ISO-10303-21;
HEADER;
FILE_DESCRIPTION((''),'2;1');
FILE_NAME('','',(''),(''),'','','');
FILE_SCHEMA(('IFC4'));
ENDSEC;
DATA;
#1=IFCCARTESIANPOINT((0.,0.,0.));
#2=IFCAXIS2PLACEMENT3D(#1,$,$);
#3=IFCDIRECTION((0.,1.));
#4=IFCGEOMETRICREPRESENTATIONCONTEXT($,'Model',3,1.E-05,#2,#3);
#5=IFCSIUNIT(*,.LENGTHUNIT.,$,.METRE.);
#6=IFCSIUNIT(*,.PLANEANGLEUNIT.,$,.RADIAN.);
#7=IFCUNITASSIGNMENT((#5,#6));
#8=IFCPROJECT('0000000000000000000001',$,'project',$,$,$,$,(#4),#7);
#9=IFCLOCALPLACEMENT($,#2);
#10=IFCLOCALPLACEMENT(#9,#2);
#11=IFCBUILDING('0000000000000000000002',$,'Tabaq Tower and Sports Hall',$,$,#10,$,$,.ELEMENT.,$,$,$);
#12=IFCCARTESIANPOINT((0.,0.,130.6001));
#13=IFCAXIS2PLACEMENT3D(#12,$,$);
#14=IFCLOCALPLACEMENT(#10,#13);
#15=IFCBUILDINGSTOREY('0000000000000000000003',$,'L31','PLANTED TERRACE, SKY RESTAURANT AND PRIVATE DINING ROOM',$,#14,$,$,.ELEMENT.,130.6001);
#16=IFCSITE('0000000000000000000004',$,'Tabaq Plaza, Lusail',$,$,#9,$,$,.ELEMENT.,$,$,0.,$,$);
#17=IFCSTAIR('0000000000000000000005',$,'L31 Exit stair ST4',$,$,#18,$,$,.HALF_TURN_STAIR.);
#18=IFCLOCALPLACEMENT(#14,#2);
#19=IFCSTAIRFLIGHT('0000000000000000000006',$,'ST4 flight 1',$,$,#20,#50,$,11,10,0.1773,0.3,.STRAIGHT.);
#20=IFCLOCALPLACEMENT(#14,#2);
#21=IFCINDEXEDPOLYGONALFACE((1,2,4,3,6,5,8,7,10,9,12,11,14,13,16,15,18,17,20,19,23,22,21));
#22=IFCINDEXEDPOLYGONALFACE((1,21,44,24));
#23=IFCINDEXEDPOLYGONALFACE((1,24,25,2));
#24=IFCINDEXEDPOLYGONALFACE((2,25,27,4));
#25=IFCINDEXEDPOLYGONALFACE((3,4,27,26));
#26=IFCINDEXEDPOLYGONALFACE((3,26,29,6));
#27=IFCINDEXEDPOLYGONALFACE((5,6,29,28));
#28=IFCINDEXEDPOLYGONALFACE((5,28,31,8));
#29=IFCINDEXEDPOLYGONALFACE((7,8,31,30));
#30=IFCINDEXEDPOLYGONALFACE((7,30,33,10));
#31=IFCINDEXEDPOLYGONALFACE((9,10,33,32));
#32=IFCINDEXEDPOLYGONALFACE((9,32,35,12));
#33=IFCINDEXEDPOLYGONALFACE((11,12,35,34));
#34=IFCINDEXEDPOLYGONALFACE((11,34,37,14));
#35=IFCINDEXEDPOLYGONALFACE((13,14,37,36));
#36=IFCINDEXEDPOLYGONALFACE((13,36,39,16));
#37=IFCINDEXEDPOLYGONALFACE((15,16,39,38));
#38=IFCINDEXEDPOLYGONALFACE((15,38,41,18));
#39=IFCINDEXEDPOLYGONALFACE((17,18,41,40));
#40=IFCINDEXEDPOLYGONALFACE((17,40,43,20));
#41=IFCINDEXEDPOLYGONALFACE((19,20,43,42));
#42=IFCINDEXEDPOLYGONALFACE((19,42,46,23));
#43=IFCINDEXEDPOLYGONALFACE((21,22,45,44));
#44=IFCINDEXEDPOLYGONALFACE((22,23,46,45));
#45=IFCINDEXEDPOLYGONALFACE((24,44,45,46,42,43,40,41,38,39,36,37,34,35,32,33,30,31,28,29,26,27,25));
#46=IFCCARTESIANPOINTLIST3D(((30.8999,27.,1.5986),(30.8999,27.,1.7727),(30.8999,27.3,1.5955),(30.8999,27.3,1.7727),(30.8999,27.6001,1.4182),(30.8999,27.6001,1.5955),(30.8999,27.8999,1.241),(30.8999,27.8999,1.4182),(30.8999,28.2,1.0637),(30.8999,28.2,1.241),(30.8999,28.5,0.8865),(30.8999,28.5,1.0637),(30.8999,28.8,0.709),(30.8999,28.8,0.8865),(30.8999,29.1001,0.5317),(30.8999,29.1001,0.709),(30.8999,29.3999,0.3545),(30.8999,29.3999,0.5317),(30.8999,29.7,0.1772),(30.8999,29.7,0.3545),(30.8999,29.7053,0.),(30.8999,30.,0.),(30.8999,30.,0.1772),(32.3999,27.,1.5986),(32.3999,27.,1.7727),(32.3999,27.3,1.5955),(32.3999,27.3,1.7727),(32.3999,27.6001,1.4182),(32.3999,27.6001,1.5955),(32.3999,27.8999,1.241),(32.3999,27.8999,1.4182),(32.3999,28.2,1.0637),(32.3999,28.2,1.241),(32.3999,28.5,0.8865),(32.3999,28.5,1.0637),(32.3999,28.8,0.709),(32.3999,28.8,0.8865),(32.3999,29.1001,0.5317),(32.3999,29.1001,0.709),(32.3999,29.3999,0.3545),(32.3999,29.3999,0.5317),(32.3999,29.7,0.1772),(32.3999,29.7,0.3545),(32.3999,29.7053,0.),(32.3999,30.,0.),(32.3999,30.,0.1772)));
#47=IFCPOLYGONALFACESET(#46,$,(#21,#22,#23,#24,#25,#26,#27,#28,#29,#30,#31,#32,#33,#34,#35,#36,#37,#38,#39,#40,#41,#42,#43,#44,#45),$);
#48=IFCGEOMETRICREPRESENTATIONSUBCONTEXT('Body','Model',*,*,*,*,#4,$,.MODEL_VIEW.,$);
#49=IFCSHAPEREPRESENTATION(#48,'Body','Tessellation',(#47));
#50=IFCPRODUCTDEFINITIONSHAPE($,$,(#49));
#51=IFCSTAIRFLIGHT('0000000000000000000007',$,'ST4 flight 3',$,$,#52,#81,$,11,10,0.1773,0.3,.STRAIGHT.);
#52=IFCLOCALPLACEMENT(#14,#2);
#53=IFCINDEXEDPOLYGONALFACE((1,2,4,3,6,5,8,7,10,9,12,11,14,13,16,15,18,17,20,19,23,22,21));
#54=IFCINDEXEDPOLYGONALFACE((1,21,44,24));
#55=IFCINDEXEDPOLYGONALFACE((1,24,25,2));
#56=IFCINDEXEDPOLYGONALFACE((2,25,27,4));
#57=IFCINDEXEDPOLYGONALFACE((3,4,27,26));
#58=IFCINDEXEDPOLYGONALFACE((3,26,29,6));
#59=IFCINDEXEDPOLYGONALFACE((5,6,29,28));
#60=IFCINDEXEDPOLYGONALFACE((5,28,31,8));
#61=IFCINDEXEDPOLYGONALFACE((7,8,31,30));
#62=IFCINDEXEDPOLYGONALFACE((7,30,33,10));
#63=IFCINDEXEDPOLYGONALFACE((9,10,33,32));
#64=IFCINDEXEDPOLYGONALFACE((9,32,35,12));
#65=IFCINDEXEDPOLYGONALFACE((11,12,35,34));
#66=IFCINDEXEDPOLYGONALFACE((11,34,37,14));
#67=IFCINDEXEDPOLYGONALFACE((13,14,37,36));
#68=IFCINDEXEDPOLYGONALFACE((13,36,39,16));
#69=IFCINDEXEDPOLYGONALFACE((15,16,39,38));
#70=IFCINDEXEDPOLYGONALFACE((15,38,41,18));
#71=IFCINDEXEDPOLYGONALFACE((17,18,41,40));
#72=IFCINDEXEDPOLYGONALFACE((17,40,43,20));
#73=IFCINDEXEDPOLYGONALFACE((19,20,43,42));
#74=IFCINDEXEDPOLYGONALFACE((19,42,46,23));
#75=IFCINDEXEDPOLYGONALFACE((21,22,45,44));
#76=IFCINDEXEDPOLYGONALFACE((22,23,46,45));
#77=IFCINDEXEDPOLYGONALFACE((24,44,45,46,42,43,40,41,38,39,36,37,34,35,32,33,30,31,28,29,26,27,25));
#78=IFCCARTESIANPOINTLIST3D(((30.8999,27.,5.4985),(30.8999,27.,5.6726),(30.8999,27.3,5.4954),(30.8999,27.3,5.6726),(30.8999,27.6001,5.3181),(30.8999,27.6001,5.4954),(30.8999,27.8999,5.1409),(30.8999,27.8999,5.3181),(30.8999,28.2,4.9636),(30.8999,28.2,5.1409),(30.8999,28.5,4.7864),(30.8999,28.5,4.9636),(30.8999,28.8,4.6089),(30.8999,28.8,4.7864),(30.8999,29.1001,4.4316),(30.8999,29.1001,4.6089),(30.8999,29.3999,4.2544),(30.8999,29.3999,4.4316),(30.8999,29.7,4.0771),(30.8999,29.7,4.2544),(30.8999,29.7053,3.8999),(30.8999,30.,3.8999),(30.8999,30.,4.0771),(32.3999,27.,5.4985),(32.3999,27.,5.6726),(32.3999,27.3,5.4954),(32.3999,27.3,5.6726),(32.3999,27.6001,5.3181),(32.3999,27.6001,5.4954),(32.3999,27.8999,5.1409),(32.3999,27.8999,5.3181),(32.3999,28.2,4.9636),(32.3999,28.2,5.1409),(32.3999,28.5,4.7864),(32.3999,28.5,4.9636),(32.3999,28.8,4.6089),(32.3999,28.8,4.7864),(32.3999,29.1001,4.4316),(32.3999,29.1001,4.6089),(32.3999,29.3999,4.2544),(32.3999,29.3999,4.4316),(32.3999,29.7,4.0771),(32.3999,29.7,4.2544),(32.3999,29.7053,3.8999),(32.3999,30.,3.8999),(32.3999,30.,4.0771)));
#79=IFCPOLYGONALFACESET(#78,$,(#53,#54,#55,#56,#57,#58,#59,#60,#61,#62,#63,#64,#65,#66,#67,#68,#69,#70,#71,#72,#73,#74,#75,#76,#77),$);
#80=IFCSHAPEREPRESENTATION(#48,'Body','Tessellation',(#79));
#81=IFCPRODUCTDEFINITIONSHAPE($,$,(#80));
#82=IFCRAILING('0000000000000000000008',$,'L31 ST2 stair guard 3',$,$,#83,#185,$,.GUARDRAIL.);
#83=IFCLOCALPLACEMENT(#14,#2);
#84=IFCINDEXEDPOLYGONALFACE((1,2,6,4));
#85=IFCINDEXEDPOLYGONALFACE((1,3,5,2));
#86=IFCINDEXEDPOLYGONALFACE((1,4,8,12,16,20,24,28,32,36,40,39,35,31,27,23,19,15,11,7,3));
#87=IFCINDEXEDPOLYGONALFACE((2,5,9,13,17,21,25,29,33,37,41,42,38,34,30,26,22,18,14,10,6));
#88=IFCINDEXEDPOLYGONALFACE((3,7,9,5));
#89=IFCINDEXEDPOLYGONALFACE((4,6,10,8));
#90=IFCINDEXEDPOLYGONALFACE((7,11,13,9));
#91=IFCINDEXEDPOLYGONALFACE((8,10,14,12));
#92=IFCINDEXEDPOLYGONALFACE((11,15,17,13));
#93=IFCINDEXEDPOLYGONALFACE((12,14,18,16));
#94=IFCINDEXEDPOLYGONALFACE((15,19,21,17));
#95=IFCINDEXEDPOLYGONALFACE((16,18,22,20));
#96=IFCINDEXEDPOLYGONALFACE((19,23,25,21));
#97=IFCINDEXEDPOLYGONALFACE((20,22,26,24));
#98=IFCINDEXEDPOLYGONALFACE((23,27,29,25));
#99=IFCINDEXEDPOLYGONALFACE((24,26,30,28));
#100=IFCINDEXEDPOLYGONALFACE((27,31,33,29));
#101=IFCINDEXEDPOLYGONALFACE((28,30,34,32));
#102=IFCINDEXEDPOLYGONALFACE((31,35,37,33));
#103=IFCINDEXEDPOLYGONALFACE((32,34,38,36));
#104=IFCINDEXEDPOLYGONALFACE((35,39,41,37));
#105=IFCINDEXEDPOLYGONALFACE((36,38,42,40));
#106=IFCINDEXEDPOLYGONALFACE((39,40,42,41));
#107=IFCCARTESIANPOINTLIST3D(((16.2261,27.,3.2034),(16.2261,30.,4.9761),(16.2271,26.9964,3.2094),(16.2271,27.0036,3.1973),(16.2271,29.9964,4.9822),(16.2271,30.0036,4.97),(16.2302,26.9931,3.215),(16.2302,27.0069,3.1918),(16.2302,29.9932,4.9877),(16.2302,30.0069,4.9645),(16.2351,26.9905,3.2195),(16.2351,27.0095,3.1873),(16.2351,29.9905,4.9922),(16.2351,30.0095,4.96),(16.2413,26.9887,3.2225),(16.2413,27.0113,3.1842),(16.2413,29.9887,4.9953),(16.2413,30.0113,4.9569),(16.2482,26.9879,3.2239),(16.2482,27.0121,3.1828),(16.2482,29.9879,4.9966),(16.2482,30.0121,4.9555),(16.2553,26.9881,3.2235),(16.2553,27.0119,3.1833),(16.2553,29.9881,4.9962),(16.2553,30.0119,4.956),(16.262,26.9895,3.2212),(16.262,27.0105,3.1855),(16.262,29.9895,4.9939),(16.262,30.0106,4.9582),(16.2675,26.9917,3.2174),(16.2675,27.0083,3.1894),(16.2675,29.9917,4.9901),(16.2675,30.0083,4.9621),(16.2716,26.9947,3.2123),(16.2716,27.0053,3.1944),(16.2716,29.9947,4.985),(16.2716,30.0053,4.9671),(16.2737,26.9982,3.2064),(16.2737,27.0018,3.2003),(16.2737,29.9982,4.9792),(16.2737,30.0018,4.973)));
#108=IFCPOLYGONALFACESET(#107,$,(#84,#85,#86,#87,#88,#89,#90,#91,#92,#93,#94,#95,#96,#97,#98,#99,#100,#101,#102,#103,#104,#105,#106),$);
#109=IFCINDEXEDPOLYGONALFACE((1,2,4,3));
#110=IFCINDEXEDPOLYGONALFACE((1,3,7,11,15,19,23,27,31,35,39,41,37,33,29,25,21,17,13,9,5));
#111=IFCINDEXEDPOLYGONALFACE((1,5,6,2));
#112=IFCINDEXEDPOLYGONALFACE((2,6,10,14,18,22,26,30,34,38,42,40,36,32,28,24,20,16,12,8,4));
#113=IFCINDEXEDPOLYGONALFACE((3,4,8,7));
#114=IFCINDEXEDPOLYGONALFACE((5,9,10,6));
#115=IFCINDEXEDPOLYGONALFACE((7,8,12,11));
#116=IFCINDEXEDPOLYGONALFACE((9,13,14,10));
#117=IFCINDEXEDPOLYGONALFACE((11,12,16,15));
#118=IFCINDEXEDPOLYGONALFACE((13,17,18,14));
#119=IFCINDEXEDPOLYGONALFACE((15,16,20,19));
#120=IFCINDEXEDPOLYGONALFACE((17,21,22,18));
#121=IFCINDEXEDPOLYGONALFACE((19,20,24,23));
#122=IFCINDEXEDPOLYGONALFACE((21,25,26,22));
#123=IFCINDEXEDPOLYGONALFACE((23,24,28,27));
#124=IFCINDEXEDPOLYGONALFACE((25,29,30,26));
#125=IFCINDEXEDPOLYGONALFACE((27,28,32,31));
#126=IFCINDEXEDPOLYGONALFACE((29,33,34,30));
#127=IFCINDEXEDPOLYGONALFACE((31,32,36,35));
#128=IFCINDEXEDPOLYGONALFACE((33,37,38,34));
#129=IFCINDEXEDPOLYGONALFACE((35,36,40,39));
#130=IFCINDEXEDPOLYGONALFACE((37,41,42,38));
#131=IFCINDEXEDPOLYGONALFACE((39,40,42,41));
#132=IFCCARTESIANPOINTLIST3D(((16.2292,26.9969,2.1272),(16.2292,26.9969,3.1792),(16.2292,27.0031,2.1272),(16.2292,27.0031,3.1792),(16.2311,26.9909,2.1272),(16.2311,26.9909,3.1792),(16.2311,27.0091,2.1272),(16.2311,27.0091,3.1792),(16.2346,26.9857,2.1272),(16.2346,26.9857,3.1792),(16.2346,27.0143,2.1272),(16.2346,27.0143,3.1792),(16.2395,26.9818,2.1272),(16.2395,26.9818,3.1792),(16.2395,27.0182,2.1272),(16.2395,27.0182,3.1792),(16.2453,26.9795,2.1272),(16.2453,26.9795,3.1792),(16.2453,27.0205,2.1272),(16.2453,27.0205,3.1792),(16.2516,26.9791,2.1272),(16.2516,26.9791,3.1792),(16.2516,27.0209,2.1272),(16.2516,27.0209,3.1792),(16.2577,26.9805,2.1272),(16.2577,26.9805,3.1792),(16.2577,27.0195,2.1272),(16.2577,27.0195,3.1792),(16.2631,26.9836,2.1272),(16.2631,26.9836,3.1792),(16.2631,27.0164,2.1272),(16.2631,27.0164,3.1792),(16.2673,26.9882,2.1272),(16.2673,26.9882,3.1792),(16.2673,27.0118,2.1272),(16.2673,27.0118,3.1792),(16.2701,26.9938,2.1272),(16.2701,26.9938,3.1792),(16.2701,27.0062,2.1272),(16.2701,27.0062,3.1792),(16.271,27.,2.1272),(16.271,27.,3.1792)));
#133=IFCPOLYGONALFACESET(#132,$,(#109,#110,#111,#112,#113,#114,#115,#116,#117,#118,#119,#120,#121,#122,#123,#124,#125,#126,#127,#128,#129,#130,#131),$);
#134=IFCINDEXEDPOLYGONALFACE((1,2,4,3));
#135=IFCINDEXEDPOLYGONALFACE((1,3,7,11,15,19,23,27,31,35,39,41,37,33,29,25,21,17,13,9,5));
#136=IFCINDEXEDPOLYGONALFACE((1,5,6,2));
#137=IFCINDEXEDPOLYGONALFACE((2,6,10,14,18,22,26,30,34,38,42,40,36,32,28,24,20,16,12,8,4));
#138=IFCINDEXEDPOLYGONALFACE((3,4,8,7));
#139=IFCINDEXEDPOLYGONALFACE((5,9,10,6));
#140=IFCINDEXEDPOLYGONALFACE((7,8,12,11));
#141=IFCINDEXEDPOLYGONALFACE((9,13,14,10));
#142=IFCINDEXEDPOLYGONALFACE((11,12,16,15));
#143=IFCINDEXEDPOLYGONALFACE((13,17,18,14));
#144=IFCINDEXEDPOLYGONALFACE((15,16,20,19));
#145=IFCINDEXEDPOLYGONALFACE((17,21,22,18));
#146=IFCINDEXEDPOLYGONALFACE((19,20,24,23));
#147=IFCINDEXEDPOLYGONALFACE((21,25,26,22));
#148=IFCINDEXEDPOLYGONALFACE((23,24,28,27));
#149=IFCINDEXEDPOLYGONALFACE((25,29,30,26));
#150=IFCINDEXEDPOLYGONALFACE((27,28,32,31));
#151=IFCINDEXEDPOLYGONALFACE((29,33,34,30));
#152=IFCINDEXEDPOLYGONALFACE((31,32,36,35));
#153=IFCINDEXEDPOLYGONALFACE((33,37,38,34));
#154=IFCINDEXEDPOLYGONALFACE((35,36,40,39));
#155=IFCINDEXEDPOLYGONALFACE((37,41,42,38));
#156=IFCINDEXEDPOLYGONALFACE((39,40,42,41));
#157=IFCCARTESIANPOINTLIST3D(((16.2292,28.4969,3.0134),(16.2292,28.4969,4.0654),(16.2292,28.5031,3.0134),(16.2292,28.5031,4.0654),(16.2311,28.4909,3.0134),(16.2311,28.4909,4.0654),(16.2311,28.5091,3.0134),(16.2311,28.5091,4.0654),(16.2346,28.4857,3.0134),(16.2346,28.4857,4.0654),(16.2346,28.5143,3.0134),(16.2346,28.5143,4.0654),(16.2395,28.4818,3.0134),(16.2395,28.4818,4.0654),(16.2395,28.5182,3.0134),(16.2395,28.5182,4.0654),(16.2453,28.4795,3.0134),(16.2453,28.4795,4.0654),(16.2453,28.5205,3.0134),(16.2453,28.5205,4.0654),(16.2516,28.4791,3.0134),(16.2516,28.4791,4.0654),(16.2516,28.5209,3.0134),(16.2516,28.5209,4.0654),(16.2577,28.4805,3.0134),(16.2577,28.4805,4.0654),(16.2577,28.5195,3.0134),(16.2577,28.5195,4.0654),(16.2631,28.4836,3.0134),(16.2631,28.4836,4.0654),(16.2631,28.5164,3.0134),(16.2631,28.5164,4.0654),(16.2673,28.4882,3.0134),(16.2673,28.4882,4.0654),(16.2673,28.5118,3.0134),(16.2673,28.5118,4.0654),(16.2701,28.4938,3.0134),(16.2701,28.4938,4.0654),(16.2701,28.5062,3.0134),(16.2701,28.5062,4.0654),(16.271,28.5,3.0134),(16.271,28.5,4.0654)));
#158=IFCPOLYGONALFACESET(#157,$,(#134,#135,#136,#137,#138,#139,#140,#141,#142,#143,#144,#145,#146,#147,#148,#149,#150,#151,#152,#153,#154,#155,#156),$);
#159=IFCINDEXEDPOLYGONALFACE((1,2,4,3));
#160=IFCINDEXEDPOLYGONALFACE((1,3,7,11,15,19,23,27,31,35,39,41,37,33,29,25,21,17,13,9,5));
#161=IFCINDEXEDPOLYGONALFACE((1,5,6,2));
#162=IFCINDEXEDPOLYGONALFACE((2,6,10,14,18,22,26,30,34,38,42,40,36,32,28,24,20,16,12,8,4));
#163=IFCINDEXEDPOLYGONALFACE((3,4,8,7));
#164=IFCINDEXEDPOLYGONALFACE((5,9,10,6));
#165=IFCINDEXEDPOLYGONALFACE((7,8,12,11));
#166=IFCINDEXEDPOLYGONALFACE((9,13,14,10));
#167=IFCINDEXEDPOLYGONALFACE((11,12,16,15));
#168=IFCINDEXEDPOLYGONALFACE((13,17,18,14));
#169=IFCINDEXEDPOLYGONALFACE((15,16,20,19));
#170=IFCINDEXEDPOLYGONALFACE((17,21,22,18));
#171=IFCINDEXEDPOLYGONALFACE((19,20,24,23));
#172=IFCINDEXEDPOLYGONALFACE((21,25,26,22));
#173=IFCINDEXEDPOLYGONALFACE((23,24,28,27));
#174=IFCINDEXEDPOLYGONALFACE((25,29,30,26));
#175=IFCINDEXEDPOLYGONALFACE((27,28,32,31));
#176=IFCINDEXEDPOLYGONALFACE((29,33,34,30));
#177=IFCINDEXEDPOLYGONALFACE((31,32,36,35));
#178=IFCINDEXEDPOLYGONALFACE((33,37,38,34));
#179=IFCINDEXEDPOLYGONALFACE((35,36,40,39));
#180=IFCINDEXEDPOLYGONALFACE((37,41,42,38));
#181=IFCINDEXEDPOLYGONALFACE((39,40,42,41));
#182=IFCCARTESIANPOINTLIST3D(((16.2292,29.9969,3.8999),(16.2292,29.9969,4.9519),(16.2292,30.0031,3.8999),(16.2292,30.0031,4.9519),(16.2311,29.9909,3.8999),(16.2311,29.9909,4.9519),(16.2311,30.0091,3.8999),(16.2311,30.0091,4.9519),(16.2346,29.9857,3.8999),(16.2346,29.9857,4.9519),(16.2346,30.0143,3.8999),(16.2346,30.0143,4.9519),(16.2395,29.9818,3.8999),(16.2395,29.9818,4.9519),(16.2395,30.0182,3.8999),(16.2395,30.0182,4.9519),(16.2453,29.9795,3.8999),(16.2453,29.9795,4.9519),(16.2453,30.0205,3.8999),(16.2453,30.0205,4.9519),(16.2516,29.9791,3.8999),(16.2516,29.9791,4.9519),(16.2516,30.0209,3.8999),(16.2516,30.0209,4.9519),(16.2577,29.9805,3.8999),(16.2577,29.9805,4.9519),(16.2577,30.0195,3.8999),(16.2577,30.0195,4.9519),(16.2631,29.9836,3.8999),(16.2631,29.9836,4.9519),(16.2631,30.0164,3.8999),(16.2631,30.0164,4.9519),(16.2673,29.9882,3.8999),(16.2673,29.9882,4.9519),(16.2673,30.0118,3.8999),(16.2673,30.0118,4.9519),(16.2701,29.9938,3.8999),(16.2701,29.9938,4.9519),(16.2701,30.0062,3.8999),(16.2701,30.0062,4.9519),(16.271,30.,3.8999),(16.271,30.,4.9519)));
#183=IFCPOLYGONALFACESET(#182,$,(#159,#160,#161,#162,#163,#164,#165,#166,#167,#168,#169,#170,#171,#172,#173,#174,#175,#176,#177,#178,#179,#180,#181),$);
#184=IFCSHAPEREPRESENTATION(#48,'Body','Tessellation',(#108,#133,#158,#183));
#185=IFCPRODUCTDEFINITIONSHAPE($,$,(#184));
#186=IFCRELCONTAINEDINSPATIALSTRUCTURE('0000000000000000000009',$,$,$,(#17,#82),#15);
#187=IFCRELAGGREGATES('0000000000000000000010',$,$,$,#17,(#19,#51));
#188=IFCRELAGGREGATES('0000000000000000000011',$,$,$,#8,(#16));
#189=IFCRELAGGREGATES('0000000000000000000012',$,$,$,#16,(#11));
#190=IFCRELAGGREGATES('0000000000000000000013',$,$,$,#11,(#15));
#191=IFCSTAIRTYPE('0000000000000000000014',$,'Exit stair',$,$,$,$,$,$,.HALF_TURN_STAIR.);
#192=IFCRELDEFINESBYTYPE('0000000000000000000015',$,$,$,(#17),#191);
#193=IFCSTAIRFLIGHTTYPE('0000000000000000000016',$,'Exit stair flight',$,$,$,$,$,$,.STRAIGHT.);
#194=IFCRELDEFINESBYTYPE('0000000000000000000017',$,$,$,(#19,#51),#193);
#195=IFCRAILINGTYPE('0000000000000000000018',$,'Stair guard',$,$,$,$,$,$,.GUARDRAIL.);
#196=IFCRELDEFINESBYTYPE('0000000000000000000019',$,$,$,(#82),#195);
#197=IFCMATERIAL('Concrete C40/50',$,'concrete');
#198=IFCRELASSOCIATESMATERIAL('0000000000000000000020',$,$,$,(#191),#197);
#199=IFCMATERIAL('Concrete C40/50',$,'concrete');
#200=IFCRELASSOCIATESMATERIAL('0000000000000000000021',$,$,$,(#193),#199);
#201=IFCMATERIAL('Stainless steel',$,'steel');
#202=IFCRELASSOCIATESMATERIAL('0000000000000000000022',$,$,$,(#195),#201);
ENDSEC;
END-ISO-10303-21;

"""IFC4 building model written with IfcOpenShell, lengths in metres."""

from ifc_helpers import new_model, si_unit, direction, frame, origin, origin_2d, place, context, subcontext, project, spatial, polyline, circle, outline, extrude, material, type_object, element, aggregate, save


model = new_model("IFC4")

# Units and contexts
model_context = context("Model", 3, precision=1e-05, world=origin(), true_north=direction((0.0, 1.0)))
body_context = subcontext(model_context, "Body", "Model", "MODEL_VIEW")
ifc_project = project(units=[si_unit("LENGTHUNIT", "METRE"), si_unit("PLANEANGLEUNIT", "RADIAN")], contexts=[model_context])

# Site, building, storey
site_placement = place(None, origin())
site = spatial("IfcSite", under=ifc_project, at=site_placement, Name="Tabaq Plaza, Lusail", CompositionType="ELEMENT", RefElevation=0.0)
building_placement = place(site_placement, origin())
building = spatial("IfcBuilding", under=site, at=building_placement, Name="Tabaq Tower and Sports Hall", CompositionType="ELEMENT")
storey_placement = place(building_placement, frame((0.0, 0.0, 130.6001)))
storey = spatial("IfcBuildingStorey", under=building, at=storey_placement, Name="L31", Description="PLANTED TERRACE, SKY RESTAURANT AND PRIVATE DINING ROOM", CompositionType="ELEMENT", Elevation=130.6001)

# Stair, stair flights
ifc_material_1 = material(Name="Concrete C40/50", Category="concrete")
stair_type = type_object("IfcStairType", Name="Exit stair", PredefinedType="HALF_TURN_STAIR", material=ifc_material_1)
ifc_material_2 = material(Name="Concrete C40/50", Category="concrete")
stair_flight_type = type_object("IfcStairFlightType", Name="Exit stair flight", PredefinedType="STRAIGHT", material=ifc_material_2)
stair_1_placement = place(storey_placement, origin())
stair_1 = element("IfcStair", 1, at=stair_1_placement, inside=storey, type_object=stair_type, Name="L31 Exit stair ST4", PredefinedType="HALF_TURN_STAIR")
stair_flight_1_placement = place(storey_placement, frame((31.6499, 30.0, 0.0), z_axis=(0.0, 0.0, 1.0), x_axis=(0.0, -1.0, 0.0)))
stair_flight_1 = element("IfcStairFlight", 2, at=stair_flight_1_placement, type_object=stair_flight_type, Name="ST4 flight 1", NumberOfRisers=11, NumberOfTreads=10, PredefinedType="STRAIGHT", RiserHeight=0.1773, TreadLength=0.3, context=body_context, shape_type="SweptSolid", body=[
    extrude(outline(polyline([(0.0, 0.0), (0.0, 0.1772), (0.3, 0.1772), (0.3, 0.3545), (0.6001, 0.3545), (0.6001, 0.5317), (0.8999, 0.5317), (0.8999, 0.709), (1.2, 0.709), (1.2, 0.8865), (1.5, 0.8865), (1.5, 1.0637), (1.8, 1.0637), (1.8, 1.241), (2.1001, 1.241), (2.1001, 1.4182), (2.3999, 1.4182), (2.3999, 1.5955), (2.7, 1.5955), (2.7, 1.7727), (3.0, 1.7727), (3.0, 1.95), (3.0, 1.5986), (0.2947, 0.0), (0.0, 0.0)])), frame((0.0, 0.75, 0.0), z_axis=(0.0, -1.0, 0.0), x_axis=(1.0, 0.0, 0.0)), (0.0, 0.0, 1.0), 1.5),
])
stair_flight_2_placement = place(storey_placement, frame((31.6499, 30.0, 3.8999), z_axis=(0.0, 0.0, 1.0), x_axis=(0.0, -1.0, 0.0)))
stair_flight_2 = element("IfcStairFlight", 3, at=stair_flight_2_placement, type_object=stair_flight_type, Name="ST4 flight 3", NumberOfRisers=11, NumberOfTreads=10, PredefinedType="STRAIGHT", RiserHeight=0.1773, TreadLength=0.3, context=body_context, shape_type="SweptSolid", body=[
    extrude(outline(polyline([(0.0, 0.0), (0.0, 0.1772), (0.3, 0.1772), (0.3, 0.3545), (0.6001, 0.3545), (0.6001, 0.5317), (0.8999, 0.5317), (0.8999, 0.709), (1.2, 0.709), (1.2, 0.8865), (1.5, 0.8865), (1.5, 1.0637), (1.8, 1.0637), (1.8, 1.241), (2.1001, 1.241), (2.1001, 1.4182), (2.3999, 1.4182), (2.3999, 1.5955), (2.7, 1.5955), (2.7, 1.7727), (3.0, 1.7727), (3.0, 1.95), (3.0, 1.5986), (0.2947, 0.0), (0.0, 0.0)])), frame((0.0, 0.75, 0.0), z_axis=(0.0, -1.0, 0.0), x_axis=(1.0, 0.0, 0.0)), (0.0, 0.0, 1.0), 1.5),
])
aggregate(stair_1, [stair_flight_1, stair_flight_2])

# Railing
ifc_material_3 = material(Name="Stainless steel", Category="steel")
railing_type_1 = type_object("IfcRailingType", Name="Stair guard", PredefinedType="GUARDRAIL", material=ifc_material_3)
for number, where, name in (
    (4, (16.25, 27.0, 2.1272), "L31 ST2 stair guard 3"),
):
    element("IfcRailing", number, at=place(storey_placement, frame(where)), inside=storey, type_object=railing_type_1, Name=name, PredefinedType="GUARDRAIL", context=body_context, shape_type="SweptSolid", body=[
        extrude(circle(Radius=0.0239, at=origin_2d()), frame((0.0, 0.0, 1.0762), z_axis=(0.0, 0.860929, 0.508725), x_axis=(-1.0, 0.0, 0.0)), (0.0, 0.0, 1.0), 3.4846),
        extrude(circle(Radius=0.021, at=origin_2d()), origin(), (0.0, 0.0, 1.0), 1.052),
        extrude(circle(Radius=0.021, at=origin_2d()), frame((0.0, 1.5, 0.8862)), (0.0, 0.0, 1.0), 1.052),
        extrude(circle(Radius=0.021, at=origin_2d()), frame((0.0, 3.0, 1.7727)), (0.0, 0.0, 1.0), 1.052),
    ])

save(model, "model.ifc")
